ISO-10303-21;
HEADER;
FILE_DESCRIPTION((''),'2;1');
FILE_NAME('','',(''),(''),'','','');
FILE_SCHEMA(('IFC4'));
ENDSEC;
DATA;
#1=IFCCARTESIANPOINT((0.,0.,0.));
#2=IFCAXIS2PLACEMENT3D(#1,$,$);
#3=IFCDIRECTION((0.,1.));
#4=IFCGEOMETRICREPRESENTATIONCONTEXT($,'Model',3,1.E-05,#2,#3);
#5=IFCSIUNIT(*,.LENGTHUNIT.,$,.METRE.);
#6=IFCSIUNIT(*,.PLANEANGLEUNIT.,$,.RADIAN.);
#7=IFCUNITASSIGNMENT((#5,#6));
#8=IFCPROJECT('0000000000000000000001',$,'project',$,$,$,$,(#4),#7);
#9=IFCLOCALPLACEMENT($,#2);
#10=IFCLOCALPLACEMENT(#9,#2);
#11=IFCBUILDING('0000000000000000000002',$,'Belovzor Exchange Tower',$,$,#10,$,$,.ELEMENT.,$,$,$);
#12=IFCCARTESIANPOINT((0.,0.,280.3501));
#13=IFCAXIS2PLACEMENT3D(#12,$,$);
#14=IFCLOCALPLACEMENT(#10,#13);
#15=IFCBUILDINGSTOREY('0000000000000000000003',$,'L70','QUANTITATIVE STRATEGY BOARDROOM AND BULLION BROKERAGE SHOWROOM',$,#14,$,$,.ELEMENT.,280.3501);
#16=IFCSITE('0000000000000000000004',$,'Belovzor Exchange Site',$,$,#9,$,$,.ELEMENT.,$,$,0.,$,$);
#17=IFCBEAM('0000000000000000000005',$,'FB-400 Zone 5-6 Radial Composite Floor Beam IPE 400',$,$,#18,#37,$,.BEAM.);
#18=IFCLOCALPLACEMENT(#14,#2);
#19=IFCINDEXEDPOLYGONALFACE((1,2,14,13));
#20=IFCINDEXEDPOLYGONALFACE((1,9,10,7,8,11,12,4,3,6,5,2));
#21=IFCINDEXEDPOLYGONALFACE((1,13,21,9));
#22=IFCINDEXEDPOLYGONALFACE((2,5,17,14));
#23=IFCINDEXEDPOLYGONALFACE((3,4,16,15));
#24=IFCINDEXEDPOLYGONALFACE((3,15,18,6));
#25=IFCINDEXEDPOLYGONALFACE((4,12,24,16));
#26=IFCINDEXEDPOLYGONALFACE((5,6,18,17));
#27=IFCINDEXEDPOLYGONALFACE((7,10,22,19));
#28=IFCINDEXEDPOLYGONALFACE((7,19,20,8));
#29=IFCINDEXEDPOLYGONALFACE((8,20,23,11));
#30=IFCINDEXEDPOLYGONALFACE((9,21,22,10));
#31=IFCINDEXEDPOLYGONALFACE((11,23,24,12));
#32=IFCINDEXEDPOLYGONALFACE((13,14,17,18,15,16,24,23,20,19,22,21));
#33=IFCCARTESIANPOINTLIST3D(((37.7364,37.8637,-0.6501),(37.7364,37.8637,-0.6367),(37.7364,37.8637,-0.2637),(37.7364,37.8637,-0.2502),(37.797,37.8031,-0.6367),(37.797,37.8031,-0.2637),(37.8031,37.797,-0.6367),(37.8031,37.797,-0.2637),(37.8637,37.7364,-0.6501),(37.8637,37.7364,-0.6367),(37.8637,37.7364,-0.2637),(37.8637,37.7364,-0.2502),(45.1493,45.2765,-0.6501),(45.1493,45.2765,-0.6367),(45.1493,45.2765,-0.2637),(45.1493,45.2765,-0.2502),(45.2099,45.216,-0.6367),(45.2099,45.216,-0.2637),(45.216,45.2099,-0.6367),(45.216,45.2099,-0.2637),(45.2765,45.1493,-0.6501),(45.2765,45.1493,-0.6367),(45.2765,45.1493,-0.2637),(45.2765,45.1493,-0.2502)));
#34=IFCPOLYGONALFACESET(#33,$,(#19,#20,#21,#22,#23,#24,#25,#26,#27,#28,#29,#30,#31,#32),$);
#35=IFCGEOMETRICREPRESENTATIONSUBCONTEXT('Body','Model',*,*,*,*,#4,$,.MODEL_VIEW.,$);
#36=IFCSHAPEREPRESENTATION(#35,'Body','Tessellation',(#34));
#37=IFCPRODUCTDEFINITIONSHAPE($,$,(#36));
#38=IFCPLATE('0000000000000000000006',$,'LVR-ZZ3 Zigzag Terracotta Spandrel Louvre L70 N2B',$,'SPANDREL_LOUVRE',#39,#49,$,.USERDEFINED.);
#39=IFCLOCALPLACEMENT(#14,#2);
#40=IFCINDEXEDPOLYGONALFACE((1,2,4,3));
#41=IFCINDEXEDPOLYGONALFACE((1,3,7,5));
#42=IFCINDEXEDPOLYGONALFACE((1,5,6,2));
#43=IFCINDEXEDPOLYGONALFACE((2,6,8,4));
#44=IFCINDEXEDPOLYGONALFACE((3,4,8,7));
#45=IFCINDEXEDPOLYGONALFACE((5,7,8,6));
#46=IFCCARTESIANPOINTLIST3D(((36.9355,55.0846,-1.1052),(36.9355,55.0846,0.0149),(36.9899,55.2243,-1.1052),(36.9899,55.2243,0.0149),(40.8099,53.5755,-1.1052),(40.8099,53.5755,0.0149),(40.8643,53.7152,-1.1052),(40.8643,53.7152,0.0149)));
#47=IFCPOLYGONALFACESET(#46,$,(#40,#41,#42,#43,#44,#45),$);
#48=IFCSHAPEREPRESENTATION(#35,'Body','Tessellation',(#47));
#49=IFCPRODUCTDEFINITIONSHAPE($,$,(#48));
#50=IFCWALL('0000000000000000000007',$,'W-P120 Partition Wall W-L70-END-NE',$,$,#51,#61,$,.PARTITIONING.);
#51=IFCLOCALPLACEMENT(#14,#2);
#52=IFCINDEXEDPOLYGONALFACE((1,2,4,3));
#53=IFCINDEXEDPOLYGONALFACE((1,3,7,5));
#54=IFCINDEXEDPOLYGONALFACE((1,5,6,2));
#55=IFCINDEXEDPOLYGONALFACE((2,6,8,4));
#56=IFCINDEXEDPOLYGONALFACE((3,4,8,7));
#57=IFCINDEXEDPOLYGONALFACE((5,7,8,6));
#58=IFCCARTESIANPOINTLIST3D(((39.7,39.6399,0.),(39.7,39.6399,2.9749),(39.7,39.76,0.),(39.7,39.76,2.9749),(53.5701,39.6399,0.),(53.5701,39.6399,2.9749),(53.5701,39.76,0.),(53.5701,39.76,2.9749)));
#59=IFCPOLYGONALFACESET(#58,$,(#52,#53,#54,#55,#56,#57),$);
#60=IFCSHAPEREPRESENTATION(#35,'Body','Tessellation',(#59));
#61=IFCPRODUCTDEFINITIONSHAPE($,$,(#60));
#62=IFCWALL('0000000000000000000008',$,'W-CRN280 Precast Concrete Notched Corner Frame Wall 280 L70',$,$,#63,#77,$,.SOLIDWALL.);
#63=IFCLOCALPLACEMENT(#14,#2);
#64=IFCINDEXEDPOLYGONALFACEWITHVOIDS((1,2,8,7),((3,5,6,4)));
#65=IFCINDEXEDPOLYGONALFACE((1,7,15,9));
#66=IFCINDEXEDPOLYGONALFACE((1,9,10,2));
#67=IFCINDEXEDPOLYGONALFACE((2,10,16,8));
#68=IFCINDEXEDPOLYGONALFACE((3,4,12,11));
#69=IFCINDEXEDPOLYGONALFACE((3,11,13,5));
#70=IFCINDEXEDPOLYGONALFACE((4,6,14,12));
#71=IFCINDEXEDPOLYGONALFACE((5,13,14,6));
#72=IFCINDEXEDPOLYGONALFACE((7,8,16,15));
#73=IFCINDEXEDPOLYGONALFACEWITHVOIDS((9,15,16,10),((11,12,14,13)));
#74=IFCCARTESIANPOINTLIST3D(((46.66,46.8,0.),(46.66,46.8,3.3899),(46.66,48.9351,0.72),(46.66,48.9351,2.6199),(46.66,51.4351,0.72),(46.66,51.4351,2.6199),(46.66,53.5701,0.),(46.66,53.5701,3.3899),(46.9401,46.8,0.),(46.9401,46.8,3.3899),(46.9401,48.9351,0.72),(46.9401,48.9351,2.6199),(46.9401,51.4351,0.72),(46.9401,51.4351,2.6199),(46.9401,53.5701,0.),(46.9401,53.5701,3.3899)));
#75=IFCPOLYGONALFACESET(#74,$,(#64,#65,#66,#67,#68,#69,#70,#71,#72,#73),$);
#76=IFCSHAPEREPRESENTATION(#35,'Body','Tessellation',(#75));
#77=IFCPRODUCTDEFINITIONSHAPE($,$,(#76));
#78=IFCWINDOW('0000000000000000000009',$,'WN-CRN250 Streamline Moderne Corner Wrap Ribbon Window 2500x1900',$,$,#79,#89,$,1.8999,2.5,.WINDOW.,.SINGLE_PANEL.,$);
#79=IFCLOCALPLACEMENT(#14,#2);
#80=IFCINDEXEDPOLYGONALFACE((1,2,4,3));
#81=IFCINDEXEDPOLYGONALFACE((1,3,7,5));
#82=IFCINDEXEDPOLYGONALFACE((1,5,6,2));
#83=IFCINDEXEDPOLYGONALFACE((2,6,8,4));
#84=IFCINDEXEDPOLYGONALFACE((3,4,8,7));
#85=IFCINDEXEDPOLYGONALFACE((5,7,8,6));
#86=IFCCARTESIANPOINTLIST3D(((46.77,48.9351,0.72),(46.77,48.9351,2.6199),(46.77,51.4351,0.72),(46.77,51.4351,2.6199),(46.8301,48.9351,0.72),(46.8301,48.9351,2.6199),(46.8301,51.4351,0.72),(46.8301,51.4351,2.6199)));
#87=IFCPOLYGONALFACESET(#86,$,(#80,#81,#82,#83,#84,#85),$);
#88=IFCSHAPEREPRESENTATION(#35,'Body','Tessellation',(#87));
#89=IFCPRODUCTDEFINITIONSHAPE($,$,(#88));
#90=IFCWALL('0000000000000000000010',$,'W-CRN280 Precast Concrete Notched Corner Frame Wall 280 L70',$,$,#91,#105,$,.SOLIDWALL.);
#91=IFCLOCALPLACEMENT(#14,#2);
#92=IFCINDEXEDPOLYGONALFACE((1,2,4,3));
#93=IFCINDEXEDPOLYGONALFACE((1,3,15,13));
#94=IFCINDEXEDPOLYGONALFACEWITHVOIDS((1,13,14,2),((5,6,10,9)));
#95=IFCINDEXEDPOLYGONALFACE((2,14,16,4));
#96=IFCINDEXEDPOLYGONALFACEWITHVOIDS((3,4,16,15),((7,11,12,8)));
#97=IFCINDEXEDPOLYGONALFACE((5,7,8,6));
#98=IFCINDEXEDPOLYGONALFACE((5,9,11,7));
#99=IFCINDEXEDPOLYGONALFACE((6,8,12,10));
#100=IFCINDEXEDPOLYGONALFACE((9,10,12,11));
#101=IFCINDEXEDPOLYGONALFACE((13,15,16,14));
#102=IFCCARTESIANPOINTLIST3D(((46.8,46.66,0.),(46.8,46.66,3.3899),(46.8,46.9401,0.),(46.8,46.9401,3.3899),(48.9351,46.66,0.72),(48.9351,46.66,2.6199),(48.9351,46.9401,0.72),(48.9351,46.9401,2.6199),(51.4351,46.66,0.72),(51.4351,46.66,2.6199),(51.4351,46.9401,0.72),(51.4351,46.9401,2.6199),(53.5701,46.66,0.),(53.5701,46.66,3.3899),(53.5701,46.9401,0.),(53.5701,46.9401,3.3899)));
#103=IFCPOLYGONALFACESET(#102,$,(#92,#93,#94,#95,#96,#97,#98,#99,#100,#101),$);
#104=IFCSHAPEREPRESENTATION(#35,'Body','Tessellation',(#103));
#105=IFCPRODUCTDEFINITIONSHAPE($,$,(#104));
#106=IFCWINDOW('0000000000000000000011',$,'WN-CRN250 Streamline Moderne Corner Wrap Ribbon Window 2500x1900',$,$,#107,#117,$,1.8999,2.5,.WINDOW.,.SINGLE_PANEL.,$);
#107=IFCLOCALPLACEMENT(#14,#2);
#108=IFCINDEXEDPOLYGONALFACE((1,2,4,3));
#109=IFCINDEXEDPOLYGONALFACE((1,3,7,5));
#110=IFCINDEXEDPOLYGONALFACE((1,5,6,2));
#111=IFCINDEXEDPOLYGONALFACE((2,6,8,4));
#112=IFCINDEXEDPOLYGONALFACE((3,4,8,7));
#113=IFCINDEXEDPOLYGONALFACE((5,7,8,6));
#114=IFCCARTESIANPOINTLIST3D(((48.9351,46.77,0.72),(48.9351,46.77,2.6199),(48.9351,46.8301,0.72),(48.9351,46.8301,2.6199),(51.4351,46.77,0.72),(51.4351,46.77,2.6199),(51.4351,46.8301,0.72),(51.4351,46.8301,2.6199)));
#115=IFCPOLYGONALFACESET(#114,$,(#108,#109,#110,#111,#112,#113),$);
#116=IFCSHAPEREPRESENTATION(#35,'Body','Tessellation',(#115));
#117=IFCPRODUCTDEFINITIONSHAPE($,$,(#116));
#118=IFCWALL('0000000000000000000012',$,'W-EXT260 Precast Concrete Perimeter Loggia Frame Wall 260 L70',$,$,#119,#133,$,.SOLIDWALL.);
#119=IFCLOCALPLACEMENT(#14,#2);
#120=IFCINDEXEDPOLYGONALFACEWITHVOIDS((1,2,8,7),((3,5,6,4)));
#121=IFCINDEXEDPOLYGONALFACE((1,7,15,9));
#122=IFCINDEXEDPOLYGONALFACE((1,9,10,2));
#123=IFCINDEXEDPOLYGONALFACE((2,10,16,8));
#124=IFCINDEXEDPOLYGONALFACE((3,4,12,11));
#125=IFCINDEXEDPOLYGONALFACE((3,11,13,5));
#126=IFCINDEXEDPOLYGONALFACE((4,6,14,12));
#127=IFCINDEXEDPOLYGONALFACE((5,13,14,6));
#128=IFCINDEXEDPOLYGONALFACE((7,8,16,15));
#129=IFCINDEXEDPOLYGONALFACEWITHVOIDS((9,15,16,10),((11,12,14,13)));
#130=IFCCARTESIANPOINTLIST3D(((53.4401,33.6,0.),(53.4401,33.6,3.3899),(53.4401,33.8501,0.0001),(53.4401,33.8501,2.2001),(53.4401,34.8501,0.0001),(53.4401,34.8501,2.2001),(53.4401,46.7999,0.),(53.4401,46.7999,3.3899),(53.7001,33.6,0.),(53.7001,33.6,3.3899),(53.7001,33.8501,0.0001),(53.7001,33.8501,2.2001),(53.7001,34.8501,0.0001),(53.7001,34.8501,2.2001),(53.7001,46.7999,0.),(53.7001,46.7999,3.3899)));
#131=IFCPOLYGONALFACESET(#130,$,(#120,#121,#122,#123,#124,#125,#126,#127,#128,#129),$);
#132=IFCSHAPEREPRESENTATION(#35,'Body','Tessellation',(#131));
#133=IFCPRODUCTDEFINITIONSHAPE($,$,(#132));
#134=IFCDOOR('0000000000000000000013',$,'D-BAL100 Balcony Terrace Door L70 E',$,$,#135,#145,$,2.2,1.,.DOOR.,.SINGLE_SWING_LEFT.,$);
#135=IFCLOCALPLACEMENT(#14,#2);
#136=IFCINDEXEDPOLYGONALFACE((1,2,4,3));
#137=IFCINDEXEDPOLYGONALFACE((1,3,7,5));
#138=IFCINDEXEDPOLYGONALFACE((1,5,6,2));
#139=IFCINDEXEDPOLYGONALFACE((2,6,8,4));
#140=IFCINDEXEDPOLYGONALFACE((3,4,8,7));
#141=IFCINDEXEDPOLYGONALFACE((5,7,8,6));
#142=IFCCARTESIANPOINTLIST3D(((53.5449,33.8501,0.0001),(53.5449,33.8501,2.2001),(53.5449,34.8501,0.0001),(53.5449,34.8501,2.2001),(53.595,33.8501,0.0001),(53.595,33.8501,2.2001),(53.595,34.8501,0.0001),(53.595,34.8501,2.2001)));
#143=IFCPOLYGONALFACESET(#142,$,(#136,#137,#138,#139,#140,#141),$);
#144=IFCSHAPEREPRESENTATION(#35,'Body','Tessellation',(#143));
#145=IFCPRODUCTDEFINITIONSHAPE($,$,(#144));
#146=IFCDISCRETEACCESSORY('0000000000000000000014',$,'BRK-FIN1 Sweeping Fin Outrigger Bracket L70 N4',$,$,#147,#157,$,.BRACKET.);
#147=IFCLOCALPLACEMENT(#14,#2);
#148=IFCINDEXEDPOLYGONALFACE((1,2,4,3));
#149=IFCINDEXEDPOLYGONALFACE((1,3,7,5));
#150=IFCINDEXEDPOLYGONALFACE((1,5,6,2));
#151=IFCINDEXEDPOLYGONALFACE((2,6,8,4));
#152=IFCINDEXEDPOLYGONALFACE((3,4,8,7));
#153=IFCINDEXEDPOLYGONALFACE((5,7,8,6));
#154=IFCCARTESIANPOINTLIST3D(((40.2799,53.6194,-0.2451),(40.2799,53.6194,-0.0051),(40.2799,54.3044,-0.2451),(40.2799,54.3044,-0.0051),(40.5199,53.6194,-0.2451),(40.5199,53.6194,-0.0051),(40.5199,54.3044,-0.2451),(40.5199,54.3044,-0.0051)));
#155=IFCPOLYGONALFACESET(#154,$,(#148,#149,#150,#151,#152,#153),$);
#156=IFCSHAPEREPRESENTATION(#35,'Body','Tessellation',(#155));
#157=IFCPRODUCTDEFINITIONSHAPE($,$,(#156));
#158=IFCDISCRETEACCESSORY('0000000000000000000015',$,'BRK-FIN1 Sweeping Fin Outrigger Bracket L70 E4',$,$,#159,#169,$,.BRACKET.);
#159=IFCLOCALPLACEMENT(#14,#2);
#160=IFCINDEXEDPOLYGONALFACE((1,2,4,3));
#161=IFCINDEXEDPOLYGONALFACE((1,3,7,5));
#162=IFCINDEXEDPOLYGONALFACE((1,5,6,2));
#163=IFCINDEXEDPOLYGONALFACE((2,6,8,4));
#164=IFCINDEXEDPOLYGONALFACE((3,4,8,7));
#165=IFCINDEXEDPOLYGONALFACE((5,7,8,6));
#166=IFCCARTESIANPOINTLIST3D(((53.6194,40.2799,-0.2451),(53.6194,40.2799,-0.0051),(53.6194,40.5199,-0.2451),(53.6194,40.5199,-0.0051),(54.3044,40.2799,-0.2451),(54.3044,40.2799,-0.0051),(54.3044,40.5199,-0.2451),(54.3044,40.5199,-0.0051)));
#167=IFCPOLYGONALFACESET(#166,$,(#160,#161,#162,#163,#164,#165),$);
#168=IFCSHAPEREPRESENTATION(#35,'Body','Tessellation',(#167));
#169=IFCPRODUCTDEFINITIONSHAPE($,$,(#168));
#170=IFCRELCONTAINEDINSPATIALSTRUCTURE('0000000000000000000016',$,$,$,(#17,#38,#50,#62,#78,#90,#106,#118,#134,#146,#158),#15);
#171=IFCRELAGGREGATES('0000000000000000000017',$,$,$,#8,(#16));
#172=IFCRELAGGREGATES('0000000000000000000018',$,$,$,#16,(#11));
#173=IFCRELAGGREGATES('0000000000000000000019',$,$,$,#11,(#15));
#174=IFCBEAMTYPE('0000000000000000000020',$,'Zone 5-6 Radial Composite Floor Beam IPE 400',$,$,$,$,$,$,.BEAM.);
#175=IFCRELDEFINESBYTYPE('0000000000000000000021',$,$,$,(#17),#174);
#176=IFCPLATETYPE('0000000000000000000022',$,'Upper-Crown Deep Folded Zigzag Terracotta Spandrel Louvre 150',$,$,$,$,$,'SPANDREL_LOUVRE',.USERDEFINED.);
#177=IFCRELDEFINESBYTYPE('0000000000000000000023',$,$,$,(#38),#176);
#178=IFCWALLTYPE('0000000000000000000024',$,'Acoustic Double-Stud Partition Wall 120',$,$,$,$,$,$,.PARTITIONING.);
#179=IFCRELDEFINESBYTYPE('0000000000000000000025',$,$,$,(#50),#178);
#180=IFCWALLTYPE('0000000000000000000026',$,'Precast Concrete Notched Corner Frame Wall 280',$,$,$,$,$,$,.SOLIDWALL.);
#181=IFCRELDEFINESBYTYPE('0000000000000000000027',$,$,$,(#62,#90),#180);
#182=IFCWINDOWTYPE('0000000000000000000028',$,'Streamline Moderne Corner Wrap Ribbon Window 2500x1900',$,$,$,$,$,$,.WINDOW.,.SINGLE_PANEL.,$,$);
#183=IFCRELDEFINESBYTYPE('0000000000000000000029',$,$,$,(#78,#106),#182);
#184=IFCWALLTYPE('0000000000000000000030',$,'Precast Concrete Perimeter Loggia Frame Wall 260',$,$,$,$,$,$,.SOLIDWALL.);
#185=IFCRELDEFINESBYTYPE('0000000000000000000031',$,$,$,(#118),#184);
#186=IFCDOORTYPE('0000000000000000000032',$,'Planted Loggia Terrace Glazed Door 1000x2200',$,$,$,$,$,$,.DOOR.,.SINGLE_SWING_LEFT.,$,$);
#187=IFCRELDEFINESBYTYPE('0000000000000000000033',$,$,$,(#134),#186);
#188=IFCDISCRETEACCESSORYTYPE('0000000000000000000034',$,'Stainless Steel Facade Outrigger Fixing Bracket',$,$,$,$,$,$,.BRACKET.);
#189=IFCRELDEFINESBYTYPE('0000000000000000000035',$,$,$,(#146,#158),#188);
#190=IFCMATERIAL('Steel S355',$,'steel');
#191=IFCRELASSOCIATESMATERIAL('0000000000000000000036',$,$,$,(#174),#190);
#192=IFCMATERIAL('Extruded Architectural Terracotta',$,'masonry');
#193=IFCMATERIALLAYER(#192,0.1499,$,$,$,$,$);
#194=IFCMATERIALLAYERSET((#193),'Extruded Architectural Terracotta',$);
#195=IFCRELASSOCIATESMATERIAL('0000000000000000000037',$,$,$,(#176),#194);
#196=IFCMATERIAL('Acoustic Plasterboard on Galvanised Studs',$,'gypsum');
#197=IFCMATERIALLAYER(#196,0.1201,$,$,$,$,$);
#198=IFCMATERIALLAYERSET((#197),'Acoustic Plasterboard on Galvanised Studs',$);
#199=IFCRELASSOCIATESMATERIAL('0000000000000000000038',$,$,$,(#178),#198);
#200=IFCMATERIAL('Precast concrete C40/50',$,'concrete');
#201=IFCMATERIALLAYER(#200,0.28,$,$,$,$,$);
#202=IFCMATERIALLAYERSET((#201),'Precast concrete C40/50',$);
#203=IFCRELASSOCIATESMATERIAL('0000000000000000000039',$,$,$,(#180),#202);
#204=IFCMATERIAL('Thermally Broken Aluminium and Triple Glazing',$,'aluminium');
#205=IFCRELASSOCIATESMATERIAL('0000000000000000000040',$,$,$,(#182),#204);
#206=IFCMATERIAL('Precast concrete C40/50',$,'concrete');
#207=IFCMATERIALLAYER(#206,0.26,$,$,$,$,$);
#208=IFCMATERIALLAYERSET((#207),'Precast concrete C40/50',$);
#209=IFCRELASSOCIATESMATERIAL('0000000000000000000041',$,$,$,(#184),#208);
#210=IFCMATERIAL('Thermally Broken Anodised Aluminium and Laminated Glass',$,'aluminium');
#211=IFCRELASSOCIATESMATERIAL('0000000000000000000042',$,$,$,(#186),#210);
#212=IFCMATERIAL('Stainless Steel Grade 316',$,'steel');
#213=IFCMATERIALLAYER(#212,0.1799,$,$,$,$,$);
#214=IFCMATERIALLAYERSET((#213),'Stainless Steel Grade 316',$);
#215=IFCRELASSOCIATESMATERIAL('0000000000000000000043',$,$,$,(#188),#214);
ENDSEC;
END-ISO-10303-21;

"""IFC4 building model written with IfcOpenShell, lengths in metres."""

from ifc_helpers import new_model, si_unit, direction, frame, frame_2d, origin, origin_2d, place, context, subcontext, project, spatial, rectangle, i_section, extrude, material, layer, layer_set, material_profile, profile_set, type_object, element, fill, save


model = new_model("IFC4")

# Units and contexts
model_context = context("Model", 3, precision=1e-05, world=origin(), true_north=direction((0.0, 1.0)))
body_context = subcontext(model_context, "Body", "Model", "MODEL_VIEW")
ifc_project = project(units=[si_unit("LENGTHUNIT", "METRE"), si_unit("PLANEANGLEUNIT", "RADIAN")], contexts=[model_context])

# Site, building, storey
site_placement = place(None, origin())
site = spatial("IfcSite", under=ifc_project, at=site_placement, Name="Belovzor Exchange Site", CompositionType="ELEMENT", RefElevation=0.0)
building_placement = place(site_placement, origin())
building = spatial("IfcBuilding", under=site, at=building_placement, Name="Belovzor Exchange Tower", CompositionType="ELEMENT")
storey_placement = place(building_placement, frame((0.0, 0.0, 280.3501)))
storey = spatial("IfcBuildingStorey", under=building, at=storey_placement, Name="L70", Description="QUANTITATIVE STRATEGY BOARDROOM AND BULLION BROKERAGE SHOWROOM", CompositionType="ELEMENT", Elevation=280.3501)

# Beam
ifc_material_1 = material(Name="Steel S355", Category="steel")
ifc_material_profile_1 = material_profile(ifc_material_1, i_section(OverallWidth=0.1799, OverallDepth=0.3999, WebThickness=0.0085, FlangeThickness=0.0134, at=origin_2d()))
ifc_profile_set_1 = profile_set([ifc_material_profile_1], Name="Steel S355")
beam_type_1 = type_object("IfcBeamType", Name="Zone 5-6 Radial Composite Floor Beam IPE 400", PredefinedType="BEAM", material=ifc_profile_set_1)
beam_1_placement = place(storey_placement, frame((37.8, 37.8, -0.4502), z_axis=(0.707107, 0.707107, 0.0), x_axis=(-0.707107, 0.707107, 0.0)))
element("IfcBeam", 1, at=beam_1_placement, inside=storey, type_object=beam_type_1, Name="FB-400 Zone 5-6 Radial Composite Floor Beam IPE 400", PredefinedType="BEAM", context=body_context, shape_type="SweptSolid", body=[
    extrude(i_section(OverallWidth=0.1799, OverallDepth=0.3999, WebThickness=0.0085, FlangeThickness=0.0134, at=origin_2d()), origin(), (0.0, 0.0, 1.0), 10.4834),
])

# Plate
ifc_material_2 = material(Name="Extruded Architectural Terracotta", Category="masonry")
ifc_layer_1 = layer(ifc_material_2, 0.1499)
ifc_layer_set_1 = layer_set([ifc_layer_1], Name="Extruded Architectural Terracotta")
plate_type = type_object("IfcPlateType", Name="Upper-Crown Deep Folded Zigzag Terracotta Spandrel Louvre 150", ElementType="SPANDREL_LOUVRE", PredefinedType="USERDEFINED", material=ifc_layer_set_1)
plate_placement = place(storey_placement, frame((38.8999, 54.3999, -1.1052), z_axis=(0.0, 0.0, 1.0), x_axis=(0.931818, -0.362926, 0.0)))
element("IfcPlate", 2, at=plate_placement, inside=storey, type_object=plate_type, Name="LVR-ZZ3 Zigzag Terracotta Spandrel Louvre L70 N2B", ObjectType="SPANDREL_LOUVRE", PredefinedType="USERDEFINED", context=body_context, shape_type="SweptSolid", body=[
    extrude(rectangle(XDim=4.158, YDim=0.1499, at=origin_2d()), origin(), (0.0, 0.0, 1.0), 1.1201),
])

# Wall
ifc_material_3 = material(Name="Acoustic Plasterboard on Galvanised Studs", Category="gypsum")
ifc_layer_2 = layer(ifc_material_3, 0.1201)
ifc_layer_set_2 = layer_set([ifc_layer_2], Name="Acoustic Plasterboard on Galvanised Studs")
wall_type_1 = type_object("IfcWallType", Name="Acoustic Double-Stud Partition Wall 120", PredefinedType="PARTITIONING", material=ifc_layer_set_2)
wall_1_placement = place(storey_placement, frame((39.7, 39.7, 0.0), z_axis=(0.0, 0.0, 1.0), x_axis=(1.0, 0.0, 0.0)))
element("IfcWall", 3, at=wall_1_placement, inside=storey, type_object=wall_type_1, Name="W-P120 Partition Wall W-L70-END-NE", PredefinedType="PARTITIONING", context=body_context, shape_type="SweptSolid", body=[
    extrude(rectangle(XDim=13.8701, YDim=0.1201, at=frame_2d((6.9351, 0.0))), origin(), (0.0, 0.0, 1.0), 2.9749),
])

# Walls, openings, windows
ifc_material_4 = material(Name="Precast concrete C40/50", Category="concrete")
ifc_layer_3 = layer(ifc_material_4, 0.28)
ifc_layer_set_3 = layer_set([ifc_layer_3], Name="Precast concrete C40/50")
wall_type_2 = type_object("IfcWallType", Name="Precast Concrete Notched Corner Frame Wall 280", PredefinedType="SOLIDWALL", material=ifc_layer_set_3)
wall_2_placement = place(storey_placement, frame((46.8, 53.5701, 0.0), z_axis=(0.0, 0.0, 1.0), x_axis=(0.0, -1.0, 0.0)))
wall_2 = element("IfcWall", 4, at=wall_2_placement, inside=storey, type_object=wall_type_2, Name="W-CRN280 Precast Concrete Notched Corner Frame Wall 280 L70", PredefinedType="SOLIDWALL", context=body_context, shape_type="SweptSolid", body=[
    extrude(rectangle(XDim=6.77, YDim=0.28, at=frame_2d((3.385, 0.0))), origin(), (0.0, 0.0, 1.0), 3.3899),
])
opening_1_placement = place(wall_2_placement, frame((2.135, 0.0, 0.72)))
opening_1 = element("IfcOpeningElement", 5, at=opening_1_placement, cuts=wall_2, PredefinedType="OPENING", context=body_context, shape_type="SweptSolid", body=[
    extrude(rectangle(XDim=2.5, YDim=1.8999, at=frame_2d((1.25, 0.95))), frame((0.0, 0.1499, 0.0), z_axis=(0.0, -1.0, 0.0), x_axis=(1.0, 0.0, 0.0)), (0.0, 0.0, 1.0), 0.3),
])
ifc_material_5 = material(Name="Thermally Broken Aluminium and Triple Glazing", Category="aluminium")
window_type = type_object("IfcWindowType", Name="Streamline Moderne Corner Wrap Ribbon Window 2500x1900", PartitioningType="SINGLE_PANEL", PredefinedType="WINDOW", material=ifc_material_5)
window_1_placement = place(opening_1_placement, origin())
window_1 = element("IfcWindow", 6, at=window_1_placement, inside=storey, type_object=window_type, Name="WN-CRN250 Streamline Moderne Corner Wrap Ribbon Window 2500x1900", OverallHeight=1.8999, OverallWidth=2.5, PartitioningType="SINGLE_PANEL", PredefinedType="WINDOW", context=body_context, shape_type="SweptSolid", body=[
    extrude(rectangle(XDim=2.5, YDim=1.8999, at=frame_2d((1.25, 0.95))), frame((0.0, 0.03, 0.0), z_axis=(0.0, -1.0, 0.0), x_axis=(1.0, 0.0, 0.0)), (0.0, 0.0, 1.0), 0.0601),
])
fill(opening_1, window_1)
wall_3_placement = place(storey_placement, frame((46.8, 46.8, 0.0), z_axis=(0.0, 0.0, 1.0), x_axis=(1.0, 0.0, 0.0)))
wall_3 = element("IfcWall", 7, at=wall_3_placement, inside=storey, type_object=wall_type_2, Name="W-CRN280 Precast Concrete Notched Corner Frame Wall 280 L70", PredefinedType="SOLIDWALL", context=body_context, shape_type="SweptSolid", body=[
    extrude(rectangle(XDim=6.77, YDim=0.28, at=frame_2d((3.385, 0.0))), origin(), (0.0, 0.0, 1.0), 3.3899),
])
opening_2_placement = place(wall_3_placement, frame((2.135, 0.0, 0.72)))
opening_2 = element("IfcOpeningElement", 8, at=opening_2_placement, cuts=wall_3, PredefinedType="OPENING", context=body_context, shape_type="SweptSolid", body=[
    extrude(rectangle(XDim=2.5, YDim=1.8999, at=frame_2d((1.25, 0.95))), frame((0.0, 0.1499, 0.0), z_axis=(0.0, -1.0, 0.0), x_axis=(1.0, 0.0, 0.0)), (0.0, 0.0, 1.0), 0.3),
])
window_2_placement = place(opening_2_placement, origin())
window_2 = element("IfcWindow", 9, at=window_2_placement, inside=storey, type_object=window_type, Name="WN-CRN250 Streamline Moderne Corner Wrap Ribbon Window 2500x1900", OverallHeight=1.8999, OverallWidth=2.5, PartitioningType="SINGLE_PANEL", PredefinedType="WINDOW", context=body_context, shape_type="SweptSolid", body=[
    extrude(rectangle(XDim=2.5, YDim=1.8999, at=frame_2d((1.25, 0.95))), frame((0.0, 0.03, 0.0), z_axis=(0.0, -1.0, 0.0), x_axis=(1.0, 0.0, 0.0)), (0.0, 0.0, 1.0), 0.0601),
])
fill(opening_2, window_2)

# Wall, opening, door
ifc_material_6 = material(Name="Precast concrete C40/50", Category="concrete")
ifc_layer_4 = layer(ifc_material_6, 0.26)
ifc_layer_set_4 = layer_set([ifc_layer_4], Name="Precast concrete C40/50")
wall_type_3 = type_object("IfcWallType", Name="Precast Concrete Perimeter Loggia Frame Wall 260", PredefinedType="SOLIDWALL", material=ifc_layer_set_4)
wall_4_placement = place(storey_placement, frame((53.5701, 46.8, 0.0), z_axis=(0.0, 0.0, 1.0), x_axis=(0.0, -1.0, 0.0)))
wall_4 = element("IfcWall", 10, at=wall_4_placement, inside=storey, type_object=wall_type_3, Name="W-EXT260 Precast Concrete Perimeter Loggia Frame Wall 260 L70", PredefinedType="SOLIDWALL", context=body_context, shape_type="SweptSolid", body=[
    extrude(rectangle(XDim=13.2, YDim=0.26, at=frame_2d((6.6001, 0.0))), origin(), (0.0, 0.0, 1.0), 3.3899),
])
opening_3_placement = place(wall_4_placement, frame((11.95, 0.0, 0.0)))
opening_3 = element("IfcOpeningElement", 11, at=opening_3_placement, cuts=wall_4, PredefinedType="OPENING", context=body_context, shape_type="SweptSolid", body=[
    extrude(rectangle(XDim=1.0, YDim=2.2, at=frame_2d((0.5, 1.1001))), frame((0.0, 0.1399, 0.0), z_axis=(0.0, -1.0, 0.0), x_axis=(1.0, 0.0, 0.0)), (0.0, 0.0, 1.0), 0.28),
])
ifc_material_7 = material(Name="Thermally Broken Anodised Aluminium and Laminated Glass", Category="aluminium")
door_type = type_object("IfcDoorType", Name="Planted Loggia Terrace Glazed Door 1000x2200", OperationType="SINGLE_SWING_LEFT", PredefinedType="DOOR", material=ifc_material_7)
door_placement = place(opening_3_placement, origin())
door = element("IfcDoor", 12, at=door_placement, inside=storey, type_object=door_type, Name="D-BAL100 Balcony Terrace Door L70 E", OperationType="SINGLE_SWING_LEFT", OverallHeight=2.2, OverallWidth=1.0, PredefinedType="DOOR", context=body_context, shape_type="SweptSolid", body=[
    extrude(rectangle(XDim=1.0, YDim=2.2, at=frame_2d((0.5, 1.1001))), frame((0.0, 0.0249, 0.0), z_axis=(0.0, -1.0, 0.0), x_axis=(1.0, 0.0, 0.0)), (0.0, 0.0, 1.0), 0.05),
])
fill(opening_3, door)

# Discrete accessories
ifc_material_8 = material(Name="Stainless Steel Grade 316", Category="steel")
ifc_layer_5 = layer(ifc_material_8, 0.1799)
ifc_layer_set_5 = layer_set([ifc_layer_5], Name="Stainless Steel Grade 316")
discrete_accessory_type = type_object("IfcDiscreteAccessoryType", Name="Stainless Steel Facade Outrigger Fixing Bracket", PredefinedType="BRACKET", material=ifc_layer_set_5)
for number, where, z_axis, x_axis, name in (
    (13, (40.3999, 53.9619, -0.2451), (0.0, 0.0, 1.0), (0.0, 1.0, 0.0), "BRK-FIN1 Sweeping Fin Outrigger Bracket L70 N4"),
    (14, (53.9619, 40.3999, -0.2451), (0.0, 0.0, 1.0), (1.0, 0.0, 0.0), "BRK-FIN1 Sweeping Fin Outrigger Bracket L70 E4"),
):
    element("IfcDiscreteAccessory", number, at=place(storey_placement, frame(where, z_axis=z_axis, x_axis=x_axis)), inside=storey, type_object=discrete_accessory_type, Name=name, PredefinedType="BRACKET", context=body_context, shape_type="SweptSolid", body=[
        extrude(rectangle(XDim=0.6851, YDim=0.24, at=origin_2d()), origin(), (0.0, 0.0, 1.0), 0.24),
    ])

save(model, "model.ifc")
